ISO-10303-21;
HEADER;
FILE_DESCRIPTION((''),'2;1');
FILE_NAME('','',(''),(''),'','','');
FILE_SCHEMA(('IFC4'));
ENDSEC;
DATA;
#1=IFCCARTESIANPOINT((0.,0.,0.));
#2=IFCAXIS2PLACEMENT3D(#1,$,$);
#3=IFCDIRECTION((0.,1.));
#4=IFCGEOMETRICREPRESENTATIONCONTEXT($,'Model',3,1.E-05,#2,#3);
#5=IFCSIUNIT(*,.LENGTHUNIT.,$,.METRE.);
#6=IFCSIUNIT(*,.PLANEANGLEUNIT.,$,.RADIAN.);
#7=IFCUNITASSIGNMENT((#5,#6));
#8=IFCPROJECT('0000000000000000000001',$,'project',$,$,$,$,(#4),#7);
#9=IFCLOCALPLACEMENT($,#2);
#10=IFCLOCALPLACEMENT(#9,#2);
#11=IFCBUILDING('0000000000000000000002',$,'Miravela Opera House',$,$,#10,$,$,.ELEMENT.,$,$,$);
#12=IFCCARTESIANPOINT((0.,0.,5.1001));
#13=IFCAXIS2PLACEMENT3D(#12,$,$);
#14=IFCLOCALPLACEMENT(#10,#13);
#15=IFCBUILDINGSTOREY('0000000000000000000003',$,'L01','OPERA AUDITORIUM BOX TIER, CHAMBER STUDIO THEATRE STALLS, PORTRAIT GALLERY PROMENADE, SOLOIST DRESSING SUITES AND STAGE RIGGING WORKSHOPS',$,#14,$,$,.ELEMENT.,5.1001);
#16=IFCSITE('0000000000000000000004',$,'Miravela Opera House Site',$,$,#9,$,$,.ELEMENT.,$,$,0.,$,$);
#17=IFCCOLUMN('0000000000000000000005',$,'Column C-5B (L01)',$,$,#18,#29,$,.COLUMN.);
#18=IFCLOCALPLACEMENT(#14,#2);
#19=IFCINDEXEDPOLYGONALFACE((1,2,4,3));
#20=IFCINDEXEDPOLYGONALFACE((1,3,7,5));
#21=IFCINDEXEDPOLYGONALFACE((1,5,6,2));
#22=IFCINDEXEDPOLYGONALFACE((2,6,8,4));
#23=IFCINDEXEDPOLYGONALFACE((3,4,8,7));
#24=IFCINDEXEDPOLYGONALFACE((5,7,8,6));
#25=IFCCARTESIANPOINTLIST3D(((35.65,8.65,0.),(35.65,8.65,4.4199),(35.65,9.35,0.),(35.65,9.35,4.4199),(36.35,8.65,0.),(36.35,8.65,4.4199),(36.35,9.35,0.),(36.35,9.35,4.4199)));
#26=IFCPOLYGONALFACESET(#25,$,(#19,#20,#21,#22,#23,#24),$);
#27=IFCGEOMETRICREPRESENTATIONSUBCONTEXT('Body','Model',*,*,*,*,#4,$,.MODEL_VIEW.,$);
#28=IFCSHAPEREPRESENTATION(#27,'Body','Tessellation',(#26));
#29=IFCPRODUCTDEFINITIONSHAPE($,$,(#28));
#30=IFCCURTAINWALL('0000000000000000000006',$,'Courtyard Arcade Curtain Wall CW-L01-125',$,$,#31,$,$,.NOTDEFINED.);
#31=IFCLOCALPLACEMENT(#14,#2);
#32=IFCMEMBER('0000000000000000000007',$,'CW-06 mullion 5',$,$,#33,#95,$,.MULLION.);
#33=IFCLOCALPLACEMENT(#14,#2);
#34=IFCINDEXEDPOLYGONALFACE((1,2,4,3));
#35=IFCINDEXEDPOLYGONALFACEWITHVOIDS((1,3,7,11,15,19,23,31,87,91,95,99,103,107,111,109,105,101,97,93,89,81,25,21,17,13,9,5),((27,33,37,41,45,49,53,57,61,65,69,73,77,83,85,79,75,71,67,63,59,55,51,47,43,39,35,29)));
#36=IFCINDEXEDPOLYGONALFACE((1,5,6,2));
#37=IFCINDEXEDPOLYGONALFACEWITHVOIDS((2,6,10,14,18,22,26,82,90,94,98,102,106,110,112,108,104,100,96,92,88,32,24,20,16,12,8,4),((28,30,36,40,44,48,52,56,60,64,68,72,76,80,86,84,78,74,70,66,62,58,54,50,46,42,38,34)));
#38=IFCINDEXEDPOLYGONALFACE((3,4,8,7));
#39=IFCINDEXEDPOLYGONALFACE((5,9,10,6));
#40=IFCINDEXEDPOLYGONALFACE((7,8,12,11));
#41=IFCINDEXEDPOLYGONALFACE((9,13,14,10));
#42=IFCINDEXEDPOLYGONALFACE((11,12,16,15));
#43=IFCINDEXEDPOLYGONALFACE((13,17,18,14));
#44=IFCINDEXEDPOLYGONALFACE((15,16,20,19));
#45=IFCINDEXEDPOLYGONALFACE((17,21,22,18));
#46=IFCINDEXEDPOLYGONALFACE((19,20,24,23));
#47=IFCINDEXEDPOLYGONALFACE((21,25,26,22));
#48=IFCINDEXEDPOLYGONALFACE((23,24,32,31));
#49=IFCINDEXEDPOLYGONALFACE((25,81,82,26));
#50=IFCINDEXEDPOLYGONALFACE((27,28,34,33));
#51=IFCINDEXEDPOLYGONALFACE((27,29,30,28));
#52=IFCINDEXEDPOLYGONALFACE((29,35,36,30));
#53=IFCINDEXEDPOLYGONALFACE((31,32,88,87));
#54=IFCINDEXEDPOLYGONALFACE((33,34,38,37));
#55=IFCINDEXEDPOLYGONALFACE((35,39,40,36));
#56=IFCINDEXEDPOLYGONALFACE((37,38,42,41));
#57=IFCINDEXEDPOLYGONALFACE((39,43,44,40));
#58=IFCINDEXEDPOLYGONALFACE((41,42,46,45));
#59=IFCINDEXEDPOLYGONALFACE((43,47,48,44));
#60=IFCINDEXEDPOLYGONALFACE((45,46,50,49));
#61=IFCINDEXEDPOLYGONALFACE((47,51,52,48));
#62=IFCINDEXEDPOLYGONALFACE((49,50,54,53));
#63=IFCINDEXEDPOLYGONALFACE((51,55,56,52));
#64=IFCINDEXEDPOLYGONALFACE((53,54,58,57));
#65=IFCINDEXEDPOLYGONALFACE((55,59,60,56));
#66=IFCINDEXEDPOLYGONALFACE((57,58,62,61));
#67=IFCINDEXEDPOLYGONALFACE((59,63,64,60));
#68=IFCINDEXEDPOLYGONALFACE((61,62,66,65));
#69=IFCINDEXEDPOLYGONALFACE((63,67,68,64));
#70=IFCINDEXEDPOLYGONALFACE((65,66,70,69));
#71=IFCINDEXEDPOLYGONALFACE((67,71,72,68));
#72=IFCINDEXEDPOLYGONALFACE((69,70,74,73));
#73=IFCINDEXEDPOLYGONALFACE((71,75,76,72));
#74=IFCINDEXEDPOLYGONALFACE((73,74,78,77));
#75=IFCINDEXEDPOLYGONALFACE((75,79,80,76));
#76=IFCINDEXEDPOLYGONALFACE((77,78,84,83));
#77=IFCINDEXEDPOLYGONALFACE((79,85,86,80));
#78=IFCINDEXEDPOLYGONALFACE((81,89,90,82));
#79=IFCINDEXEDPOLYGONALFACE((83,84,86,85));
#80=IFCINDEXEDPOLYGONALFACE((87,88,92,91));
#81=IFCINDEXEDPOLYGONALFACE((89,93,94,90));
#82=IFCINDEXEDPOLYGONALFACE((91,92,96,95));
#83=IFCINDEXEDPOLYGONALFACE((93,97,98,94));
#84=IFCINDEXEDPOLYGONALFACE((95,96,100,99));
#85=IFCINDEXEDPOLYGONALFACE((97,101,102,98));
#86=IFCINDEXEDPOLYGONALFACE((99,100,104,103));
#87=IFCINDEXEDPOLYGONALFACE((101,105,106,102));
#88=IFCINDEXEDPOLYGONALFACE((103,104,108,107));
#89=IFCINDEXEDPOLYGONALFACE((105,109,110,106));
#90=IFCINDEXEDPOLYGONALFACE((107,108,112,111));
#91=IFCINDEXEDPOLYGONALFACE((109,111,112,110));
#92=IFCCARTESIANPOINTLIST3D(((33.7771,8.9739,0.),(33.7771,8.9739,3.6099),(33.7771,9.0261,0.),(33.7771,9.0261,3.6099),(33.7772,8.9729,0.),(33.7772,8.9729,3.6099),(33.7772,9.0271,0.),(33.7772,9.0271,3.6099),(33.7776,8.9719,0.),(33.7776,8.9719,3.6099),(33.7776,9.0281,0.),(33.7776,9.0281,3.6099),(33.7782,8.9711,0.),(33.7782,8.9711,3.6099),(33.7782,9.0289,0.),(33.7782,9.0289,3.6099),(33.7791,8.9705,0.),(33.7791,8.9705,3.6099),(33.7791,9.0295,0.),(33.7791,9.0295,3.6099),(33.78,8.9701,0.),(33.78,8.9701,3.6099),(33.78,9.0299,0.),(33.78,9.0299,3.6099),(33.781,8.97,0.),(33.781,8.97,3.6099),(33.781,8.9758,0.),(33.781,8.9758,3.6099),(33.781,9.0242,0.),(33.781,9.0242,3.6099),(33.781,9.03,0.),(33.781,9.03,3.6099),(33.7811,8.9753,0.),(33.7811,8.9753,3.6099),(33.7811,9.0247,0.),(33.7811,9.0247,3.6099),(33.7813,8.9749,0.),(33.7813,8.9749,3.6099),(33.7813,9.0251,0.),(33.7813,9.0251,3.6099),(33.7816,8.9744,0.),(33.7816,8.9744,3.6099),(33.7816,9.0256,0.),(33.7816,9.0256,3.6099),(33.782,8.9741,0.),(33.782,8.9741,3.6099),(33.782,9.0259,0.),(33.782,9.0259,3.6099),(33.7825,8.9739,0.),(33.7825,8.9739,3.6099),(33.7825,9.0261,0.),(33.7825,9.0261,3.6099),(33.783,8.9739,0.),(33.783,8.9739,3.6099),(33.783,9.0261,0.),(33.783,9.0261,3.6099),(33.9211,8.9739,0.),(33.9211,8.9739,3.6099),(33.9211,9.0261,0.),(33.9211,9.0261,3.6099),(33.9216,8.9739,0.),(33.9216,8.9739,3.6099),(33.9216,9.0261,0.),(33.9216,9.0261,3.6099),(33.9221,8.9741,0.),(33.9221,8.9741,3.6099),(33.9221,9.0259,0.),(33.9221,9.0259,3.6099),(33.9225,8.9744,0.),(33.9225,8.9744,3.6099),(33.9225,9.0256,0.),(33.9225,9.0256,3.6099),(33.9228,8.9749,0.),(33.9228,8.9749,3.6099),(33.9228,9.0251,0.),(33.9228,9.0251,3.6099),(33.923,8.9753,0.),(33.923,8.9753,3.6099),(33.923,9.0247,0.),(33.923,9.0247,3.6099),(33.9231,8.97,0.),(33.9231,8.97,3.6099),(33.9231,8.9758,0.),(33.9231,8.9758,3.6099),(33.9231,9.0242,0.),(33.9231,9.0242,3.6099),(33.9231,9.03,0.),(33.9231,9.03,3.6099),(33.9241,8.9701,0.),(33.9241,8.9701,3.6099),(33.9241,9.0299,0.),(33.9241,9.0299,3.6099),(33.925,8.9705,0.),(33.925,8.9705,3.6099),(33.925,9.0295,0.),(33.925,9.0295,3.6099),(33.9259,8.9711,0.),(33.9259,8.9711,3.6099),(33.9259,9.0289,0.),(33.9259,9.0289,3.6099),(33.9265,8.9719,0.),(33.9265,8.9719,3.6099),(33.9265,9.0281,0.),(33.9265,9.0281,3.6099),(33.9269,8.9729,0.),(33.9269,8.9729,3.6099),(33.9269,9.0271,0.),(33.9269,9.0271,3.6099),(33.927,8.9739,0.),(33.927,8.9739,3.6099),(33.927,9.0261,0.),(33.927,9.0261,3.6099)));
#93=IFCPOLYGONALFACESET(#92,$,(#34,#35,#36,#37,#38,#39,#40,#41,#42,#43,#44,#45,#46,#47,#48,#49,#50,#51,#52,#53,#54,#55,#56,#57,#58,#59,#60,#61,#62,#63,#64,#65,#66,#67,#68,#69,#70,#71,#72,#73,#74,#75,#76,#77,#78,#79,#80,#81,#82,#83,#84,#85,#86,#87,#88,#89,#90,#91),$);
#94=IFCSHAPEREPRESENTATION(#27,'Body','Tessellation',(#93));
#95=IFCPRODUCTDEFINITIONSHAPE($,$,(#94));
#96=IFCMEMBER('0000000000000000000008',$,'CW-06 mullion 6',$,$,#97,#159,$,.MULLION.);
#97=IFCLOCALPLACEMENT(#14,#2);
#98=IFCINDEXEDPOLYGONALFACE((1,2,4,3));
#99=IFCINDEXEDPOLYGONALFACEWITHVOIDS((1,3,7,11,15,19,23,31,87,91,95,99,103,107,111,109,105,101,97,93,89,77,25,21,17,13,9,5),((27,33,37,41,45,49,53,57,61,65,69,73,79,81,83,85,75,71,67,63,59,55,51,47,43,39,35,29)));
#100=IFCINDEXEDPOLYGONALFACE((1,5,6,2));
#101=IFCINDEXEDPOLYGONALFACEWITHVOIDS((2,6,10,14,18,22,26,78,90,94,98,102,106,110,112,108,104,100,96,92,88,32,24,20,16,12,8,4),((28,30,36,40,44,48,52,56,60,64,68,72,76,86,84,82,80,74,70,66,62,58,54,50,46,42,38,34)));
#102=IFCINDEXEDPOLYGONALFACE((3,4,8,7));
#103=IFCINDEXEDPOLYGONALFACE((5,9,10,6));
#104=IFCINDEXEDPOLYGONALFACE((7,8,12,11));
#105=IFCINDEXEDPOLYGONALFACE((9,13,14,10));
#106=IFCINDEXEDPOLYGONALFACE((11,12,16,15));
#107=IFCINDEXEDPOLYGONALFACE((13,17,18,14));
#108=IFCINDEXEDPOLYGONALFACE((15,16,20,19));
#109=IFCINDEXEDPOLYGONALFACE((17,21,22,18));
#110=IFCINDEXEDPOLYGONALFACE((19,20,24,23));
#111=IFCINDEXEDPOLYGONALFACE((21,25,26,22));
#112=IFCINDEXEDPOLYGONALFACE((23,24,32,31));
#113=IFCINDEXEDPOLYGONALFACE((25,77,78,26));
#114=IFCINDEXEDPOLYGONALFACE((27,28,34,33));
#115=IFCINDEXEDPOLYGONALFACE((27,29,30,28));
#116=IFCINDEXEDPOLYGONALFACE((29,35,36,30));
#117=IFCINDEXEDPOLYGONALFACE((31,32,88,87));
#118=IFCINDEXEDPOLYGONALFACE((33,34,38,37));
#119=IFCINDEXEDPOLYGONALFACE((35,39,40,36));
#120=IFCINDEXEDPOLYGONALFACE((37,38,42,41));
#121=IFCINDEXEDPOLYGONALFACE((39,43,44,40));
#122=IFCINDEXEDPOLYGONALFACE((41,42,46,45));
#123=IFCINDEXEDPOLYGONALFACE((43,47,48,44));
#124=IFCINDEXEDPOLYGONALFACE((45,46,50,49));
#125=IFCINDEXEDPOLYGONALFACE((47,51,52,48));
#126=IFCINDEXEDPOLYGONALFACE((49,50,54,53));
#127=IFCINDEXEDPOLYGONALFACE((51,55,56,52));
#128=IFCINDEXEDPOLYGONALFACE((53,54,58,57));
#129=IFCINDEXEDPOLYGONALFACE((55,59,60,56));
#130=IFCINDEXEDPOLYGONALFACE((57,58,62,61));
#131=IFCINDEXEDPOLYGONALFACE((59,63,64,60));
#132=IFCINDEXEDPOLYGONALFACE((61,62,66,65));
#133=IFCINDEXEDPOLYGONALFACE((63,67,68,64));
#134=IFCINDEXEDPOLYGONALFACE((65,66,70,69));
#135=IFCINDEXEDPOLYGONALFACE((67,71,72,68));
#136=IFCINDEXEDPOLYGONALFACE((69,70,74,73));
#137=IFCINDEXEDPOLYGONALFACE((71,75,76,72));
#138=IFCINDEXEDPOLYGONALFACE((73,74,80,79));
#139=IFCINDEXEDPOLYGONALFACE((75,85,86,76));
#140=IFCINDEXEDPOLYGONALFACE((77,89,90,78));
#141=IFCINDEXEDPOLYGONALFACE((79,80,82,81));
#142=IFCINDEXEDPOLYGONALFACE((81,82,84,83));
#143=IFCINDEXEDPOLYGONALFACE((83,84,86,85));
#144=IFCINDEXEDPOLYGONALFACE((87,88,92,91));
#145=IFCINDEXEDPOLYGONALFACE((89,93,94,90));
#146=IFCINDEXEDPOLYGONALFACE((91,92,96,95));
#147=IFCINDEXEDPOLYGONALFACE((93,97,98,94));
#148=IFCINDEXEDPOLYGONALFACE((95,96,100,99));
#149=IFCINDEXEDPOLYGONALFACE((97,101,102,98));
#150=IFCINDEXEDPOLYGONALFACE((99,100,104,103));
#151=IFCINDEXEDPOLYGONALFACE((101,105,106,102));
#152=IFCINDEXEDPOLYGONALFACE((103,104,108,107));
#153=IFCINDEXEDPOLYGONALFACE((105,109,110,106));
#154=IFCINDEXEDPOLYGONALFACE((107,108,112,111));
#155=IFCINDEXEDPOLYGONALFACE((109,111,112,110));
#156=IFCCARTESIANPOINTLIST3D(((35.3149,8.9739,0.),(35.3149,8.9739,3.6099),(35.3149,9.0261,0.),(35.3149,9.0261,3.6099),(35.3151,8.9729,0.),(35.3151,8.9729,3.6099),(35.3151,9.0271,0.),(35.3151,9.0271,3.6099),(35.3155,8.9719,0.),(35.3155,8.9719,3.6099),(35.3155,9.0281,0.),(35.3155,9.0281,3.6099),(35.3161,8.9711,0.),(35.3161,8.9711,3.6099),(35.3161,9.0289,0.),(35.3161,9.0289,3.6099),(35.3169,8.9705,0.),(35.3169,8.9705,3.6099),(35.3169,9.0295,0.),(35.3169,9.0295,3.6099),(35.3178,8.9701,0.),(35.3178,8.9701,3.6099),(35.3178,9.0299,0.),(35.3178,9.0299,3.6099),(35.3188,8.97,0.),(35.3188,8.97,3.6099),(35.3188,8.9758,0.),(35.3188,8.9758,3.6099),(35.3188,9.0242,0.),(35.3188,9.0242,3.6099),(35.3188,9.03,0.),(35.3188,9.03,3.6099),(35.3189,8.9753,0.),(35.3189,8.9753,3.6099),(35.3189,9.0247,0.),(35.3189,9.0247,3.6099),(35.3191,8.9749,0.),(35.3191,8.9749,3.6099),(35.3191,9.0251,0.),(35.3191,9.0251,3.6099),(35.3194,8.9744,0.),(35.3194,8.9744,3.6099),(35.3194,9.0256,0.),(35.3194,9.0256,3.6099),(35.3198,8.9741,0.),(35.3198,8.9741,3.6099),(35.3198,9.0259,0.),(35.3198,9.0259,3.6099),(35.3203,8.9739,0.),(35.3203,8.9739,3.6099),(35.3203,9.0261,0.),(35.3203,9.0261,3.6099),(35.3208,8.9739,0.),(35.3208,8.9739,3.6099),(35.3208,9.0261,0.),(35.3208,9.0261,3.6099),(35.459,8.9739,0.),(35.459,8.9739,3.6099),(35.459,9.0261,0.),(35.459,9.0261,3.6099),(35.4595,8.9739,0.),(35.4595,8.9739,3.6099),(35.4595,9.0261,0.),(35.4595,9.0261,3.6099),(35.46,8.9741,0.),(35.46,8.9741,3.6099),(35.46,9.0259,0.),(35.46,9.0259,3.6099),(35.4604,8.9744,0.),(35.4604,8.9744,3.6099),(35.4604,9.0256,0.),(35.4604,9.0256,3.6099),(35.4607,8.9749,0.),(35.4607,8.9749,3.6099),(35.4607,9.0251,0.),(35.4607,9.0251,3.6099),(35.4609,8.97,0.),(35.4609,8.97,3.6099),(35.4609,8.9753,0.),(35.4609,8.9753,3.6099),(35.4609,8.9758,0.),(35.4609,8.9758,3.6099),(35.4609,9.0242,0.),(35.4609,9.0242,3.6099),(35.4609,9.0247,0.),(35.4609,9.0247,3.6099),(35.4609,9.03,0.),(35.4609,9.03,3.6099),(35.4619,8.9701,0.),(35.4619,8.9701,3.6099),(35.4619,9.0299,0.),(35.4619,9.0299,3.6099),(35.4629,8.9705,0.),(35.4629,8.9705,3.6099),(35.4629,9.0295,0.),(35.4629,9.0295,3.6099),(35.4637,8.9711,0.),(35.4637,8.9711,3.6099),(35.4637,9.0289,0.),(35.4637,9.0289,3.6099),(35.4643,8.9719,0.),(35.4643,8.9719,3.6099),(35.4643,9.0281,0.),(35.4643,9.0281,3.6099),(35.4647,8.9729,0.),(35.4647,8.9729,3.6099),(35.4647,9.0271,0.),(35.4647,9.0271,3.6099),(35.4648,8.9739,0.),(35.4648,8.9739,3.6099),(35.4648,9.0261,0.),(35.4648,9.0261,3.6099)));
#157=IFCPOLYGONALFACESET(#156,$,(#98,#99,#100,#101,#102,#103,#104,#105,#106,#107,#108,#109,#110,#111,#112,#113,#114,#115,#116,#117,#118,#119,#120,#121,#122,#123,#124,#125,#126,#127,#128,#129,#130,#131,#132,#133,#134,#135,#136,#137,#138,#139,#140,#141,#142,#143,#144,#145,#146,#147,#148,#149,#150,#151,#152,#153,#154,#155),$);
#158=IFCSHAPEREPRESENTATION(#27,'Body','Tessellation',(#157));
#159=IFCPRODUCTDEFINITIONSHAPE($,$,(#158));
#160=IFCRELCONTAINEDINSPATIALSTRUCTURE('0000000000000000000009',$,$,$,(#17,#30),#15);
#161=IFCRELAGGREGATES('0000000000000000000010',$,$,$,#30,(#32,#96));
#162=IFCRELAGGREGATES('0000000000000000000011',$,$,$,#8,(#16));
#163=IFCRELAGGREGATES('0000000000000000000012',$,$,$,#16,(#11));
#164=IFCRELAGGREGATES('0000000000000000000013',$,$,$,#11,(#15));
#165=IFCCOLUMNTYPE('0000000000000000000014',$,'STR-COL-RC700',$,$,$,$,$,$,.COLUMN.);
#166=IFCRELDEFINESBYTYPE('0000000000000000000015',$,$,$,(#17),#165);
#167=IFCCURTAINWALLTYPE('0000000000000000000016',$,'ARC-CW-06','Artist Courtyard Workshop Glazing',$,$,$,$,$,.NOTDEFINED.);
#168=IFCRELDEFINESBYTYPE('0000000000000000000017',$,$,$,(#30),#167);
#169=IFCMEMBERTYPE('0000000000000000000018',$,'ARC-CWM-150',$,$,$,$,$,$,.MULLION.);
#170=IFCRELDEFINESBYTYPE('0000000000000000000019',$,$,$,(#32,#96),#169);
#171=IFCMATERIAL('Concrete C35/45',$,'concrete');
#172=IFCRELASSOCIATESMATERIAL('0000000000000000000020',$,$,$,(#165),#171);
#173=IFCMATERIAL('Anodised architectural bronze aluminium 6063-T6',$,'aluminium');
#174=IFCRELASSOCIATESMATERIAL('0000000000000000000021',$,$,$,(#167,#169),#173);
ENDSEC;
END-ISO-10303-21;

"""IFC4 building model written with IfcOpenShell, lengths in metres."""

from ifc_helpers import new_model, si_unit, direction, frame, origin, origin_2d, place, context, subcontext, project, spatial, rectangle, hollow_rectangle, extrude, material, material_profile, profile_set, type_object, element, aggregate, save


model = new_model("IFC4")

# Units and contexts
model_context = context("Model", 3, precision=1e-05, world=origin(), true_north=direction((0.0, 1.0)))
body_context = subcontext(model_context, "Body", "Model", "MODEL_VIEW")
ifc_project = project(units=[si_unit("LENGTHUNIT", "METRE"), si_unit("PLANEANGLEUNIT", "RADIAN")], contexts=[model_context])

# Site, building, storey
site_placement = place(None, origin())
site = spatial("IfcSite", under=ifc_project, at=site_placement, Name="Miravela Opera House Site", CompositionType="ELEMENT", RefElevation=0.0)
building_placement = place(site_placement, origin())
building = spatial("IfcBuilding", under=site, at=building_placement, Name="Miravela Opera House", CompositionType="ELEMENT")
storey_placement = place(building_placement, frame((0.0, 0.0, 5.1001)))
storey = spatial("IfcBuildingStorey", under=building, at=storey_placement, Name="L01", Description="OPERA AUDITORIUM BOX TIER, CHAMBER STUDIO THEATRE STALLS, PORTRAIT GALLERY PROMENADE, SOLOIST DRESSING SUITES AND STAGE RIGGING WORKSHOPS", CompositionType="ELEMENT", Elevation=5.1001)

# Column
ifc_material_1 = material(Name="Concrete C35/45", Category="concrete")
ifc_material_profile_1 = material_profile(ifc_material_1, rectangle(XDim=0.7, YDim=0.7, at=origin_2d()), Name="RC-COL-700X700")
ifc_profile_set_1 = profile_set([ifc_material_profile_1])
column_type = type_object("IfcColumnType", Name="STR-COL-RC700", PredefinedType="COLUMN", material=ifc_profile_set_1)
column_placement = place(storey_placement, frame((36.0, 9.0, 0.0), z_axis=(0.0, 0.0, 1.0), x_axis=(1.0, 0.0, 0.0)))
element("IfcColumn", 1, at=column_placement, inside=storey, type_object=column_type, Name="Column C-5B (L01)", PredefinedType="COLUMN", context=body_context, shape_type="SweptSolid", body=[
    extrude(rectangle(XDim=0.7, YDim=0.7, at=origin_2d()), origin(), (0.0, 0.0, 1.0), 4.4199),
])

# Curtain wall, members
ifc_material_2 = material(Name="Anodised architectural bronze aluminium 6063-T6", Category="aluminium")
curtain_wall_type = type_object("IfcCurtainWallType", Name="ARC-CW-06", Description="Artist Courtyard Workshop Glazing", PredefinedType="NOTDEFINED", material=ifc_material_2)
curtain_wall_1_placement = place(storey_placement, origin())
curtain_wall_1 = element("IfcCurtainWall", 2, at=curtain_wall_1_placement, inside=storey, type_object=curtain_wall_type, Name="Courtyard Arcade Curtain Wall CW-L01-125", PredefinedType="NOTDEFINED")
ifc_material_profile_2 = material_profile(ifc_material_2, hollow_rectangle(XDim=0.0601, YDim=0.1499, WallThickness=0.0039, InnerFilletRadius=0.002, OuterFilletRadius=0.0039, at=origin_2d()), Name="CWM-60X150")
ifc_profile_set_2 = profile_set([ifc_material_profile_2])
member_type_1 = type_object("IfcMemberType", Name="ARC-CWM-150", PredefinedType="MULLION", material=ifc_profile_set_2)
member_1_placement = place(storey_placement, frame((33.8521, 9.0, 0.0), z_axis=(0.0, 0.0, 1.0), x_axis=(0.0, 1.0, 0.0)))
member_1 = element("IfcMember", 3, at=member_1_placement, type_object=member_type_1, Name="CW-06 mullion 5", PredefinedType="MULLION", context=body_context, shape_type="SweptSolid", body=[
    extrude(hollow_rectangle(XDim=0.0601, YDim=0.1499, WallThickness=0.0039, InnerFilletRadius=0.002, OuterFilletRadius=0.0039, at=origin_2d()), origin(), (0.0, 0.0, 1.0), 3.6099),
])
member_2_placement = place(storey_placement, frame((35.3899, 9.0, 0.0), z_axis=(0.0, 0.0, 1.0), x_axis=(0.0, 1.0, 0.0)))
member_2 = element("IfcMember", 4, at=member_2_placement, type_object=member_type_1, Name="CW-06 mullion 6", PredefinedType="MULLION", context=body_context, shape_type="SweptSolid", body=[
    extrude(hollow_rectangle(XDim=0.0601, YDim=0.1499, WallThickness=0.0039, InnerFilletRadius=0.002, OuterFilletRadius=0.0039, at=origin_2d()), origin(), (0.0, 0.0, 1.0), 3.6099),
])

aggregate(curtain_wall_1, [member_1, member_2])

save(model, "model.ifc")
